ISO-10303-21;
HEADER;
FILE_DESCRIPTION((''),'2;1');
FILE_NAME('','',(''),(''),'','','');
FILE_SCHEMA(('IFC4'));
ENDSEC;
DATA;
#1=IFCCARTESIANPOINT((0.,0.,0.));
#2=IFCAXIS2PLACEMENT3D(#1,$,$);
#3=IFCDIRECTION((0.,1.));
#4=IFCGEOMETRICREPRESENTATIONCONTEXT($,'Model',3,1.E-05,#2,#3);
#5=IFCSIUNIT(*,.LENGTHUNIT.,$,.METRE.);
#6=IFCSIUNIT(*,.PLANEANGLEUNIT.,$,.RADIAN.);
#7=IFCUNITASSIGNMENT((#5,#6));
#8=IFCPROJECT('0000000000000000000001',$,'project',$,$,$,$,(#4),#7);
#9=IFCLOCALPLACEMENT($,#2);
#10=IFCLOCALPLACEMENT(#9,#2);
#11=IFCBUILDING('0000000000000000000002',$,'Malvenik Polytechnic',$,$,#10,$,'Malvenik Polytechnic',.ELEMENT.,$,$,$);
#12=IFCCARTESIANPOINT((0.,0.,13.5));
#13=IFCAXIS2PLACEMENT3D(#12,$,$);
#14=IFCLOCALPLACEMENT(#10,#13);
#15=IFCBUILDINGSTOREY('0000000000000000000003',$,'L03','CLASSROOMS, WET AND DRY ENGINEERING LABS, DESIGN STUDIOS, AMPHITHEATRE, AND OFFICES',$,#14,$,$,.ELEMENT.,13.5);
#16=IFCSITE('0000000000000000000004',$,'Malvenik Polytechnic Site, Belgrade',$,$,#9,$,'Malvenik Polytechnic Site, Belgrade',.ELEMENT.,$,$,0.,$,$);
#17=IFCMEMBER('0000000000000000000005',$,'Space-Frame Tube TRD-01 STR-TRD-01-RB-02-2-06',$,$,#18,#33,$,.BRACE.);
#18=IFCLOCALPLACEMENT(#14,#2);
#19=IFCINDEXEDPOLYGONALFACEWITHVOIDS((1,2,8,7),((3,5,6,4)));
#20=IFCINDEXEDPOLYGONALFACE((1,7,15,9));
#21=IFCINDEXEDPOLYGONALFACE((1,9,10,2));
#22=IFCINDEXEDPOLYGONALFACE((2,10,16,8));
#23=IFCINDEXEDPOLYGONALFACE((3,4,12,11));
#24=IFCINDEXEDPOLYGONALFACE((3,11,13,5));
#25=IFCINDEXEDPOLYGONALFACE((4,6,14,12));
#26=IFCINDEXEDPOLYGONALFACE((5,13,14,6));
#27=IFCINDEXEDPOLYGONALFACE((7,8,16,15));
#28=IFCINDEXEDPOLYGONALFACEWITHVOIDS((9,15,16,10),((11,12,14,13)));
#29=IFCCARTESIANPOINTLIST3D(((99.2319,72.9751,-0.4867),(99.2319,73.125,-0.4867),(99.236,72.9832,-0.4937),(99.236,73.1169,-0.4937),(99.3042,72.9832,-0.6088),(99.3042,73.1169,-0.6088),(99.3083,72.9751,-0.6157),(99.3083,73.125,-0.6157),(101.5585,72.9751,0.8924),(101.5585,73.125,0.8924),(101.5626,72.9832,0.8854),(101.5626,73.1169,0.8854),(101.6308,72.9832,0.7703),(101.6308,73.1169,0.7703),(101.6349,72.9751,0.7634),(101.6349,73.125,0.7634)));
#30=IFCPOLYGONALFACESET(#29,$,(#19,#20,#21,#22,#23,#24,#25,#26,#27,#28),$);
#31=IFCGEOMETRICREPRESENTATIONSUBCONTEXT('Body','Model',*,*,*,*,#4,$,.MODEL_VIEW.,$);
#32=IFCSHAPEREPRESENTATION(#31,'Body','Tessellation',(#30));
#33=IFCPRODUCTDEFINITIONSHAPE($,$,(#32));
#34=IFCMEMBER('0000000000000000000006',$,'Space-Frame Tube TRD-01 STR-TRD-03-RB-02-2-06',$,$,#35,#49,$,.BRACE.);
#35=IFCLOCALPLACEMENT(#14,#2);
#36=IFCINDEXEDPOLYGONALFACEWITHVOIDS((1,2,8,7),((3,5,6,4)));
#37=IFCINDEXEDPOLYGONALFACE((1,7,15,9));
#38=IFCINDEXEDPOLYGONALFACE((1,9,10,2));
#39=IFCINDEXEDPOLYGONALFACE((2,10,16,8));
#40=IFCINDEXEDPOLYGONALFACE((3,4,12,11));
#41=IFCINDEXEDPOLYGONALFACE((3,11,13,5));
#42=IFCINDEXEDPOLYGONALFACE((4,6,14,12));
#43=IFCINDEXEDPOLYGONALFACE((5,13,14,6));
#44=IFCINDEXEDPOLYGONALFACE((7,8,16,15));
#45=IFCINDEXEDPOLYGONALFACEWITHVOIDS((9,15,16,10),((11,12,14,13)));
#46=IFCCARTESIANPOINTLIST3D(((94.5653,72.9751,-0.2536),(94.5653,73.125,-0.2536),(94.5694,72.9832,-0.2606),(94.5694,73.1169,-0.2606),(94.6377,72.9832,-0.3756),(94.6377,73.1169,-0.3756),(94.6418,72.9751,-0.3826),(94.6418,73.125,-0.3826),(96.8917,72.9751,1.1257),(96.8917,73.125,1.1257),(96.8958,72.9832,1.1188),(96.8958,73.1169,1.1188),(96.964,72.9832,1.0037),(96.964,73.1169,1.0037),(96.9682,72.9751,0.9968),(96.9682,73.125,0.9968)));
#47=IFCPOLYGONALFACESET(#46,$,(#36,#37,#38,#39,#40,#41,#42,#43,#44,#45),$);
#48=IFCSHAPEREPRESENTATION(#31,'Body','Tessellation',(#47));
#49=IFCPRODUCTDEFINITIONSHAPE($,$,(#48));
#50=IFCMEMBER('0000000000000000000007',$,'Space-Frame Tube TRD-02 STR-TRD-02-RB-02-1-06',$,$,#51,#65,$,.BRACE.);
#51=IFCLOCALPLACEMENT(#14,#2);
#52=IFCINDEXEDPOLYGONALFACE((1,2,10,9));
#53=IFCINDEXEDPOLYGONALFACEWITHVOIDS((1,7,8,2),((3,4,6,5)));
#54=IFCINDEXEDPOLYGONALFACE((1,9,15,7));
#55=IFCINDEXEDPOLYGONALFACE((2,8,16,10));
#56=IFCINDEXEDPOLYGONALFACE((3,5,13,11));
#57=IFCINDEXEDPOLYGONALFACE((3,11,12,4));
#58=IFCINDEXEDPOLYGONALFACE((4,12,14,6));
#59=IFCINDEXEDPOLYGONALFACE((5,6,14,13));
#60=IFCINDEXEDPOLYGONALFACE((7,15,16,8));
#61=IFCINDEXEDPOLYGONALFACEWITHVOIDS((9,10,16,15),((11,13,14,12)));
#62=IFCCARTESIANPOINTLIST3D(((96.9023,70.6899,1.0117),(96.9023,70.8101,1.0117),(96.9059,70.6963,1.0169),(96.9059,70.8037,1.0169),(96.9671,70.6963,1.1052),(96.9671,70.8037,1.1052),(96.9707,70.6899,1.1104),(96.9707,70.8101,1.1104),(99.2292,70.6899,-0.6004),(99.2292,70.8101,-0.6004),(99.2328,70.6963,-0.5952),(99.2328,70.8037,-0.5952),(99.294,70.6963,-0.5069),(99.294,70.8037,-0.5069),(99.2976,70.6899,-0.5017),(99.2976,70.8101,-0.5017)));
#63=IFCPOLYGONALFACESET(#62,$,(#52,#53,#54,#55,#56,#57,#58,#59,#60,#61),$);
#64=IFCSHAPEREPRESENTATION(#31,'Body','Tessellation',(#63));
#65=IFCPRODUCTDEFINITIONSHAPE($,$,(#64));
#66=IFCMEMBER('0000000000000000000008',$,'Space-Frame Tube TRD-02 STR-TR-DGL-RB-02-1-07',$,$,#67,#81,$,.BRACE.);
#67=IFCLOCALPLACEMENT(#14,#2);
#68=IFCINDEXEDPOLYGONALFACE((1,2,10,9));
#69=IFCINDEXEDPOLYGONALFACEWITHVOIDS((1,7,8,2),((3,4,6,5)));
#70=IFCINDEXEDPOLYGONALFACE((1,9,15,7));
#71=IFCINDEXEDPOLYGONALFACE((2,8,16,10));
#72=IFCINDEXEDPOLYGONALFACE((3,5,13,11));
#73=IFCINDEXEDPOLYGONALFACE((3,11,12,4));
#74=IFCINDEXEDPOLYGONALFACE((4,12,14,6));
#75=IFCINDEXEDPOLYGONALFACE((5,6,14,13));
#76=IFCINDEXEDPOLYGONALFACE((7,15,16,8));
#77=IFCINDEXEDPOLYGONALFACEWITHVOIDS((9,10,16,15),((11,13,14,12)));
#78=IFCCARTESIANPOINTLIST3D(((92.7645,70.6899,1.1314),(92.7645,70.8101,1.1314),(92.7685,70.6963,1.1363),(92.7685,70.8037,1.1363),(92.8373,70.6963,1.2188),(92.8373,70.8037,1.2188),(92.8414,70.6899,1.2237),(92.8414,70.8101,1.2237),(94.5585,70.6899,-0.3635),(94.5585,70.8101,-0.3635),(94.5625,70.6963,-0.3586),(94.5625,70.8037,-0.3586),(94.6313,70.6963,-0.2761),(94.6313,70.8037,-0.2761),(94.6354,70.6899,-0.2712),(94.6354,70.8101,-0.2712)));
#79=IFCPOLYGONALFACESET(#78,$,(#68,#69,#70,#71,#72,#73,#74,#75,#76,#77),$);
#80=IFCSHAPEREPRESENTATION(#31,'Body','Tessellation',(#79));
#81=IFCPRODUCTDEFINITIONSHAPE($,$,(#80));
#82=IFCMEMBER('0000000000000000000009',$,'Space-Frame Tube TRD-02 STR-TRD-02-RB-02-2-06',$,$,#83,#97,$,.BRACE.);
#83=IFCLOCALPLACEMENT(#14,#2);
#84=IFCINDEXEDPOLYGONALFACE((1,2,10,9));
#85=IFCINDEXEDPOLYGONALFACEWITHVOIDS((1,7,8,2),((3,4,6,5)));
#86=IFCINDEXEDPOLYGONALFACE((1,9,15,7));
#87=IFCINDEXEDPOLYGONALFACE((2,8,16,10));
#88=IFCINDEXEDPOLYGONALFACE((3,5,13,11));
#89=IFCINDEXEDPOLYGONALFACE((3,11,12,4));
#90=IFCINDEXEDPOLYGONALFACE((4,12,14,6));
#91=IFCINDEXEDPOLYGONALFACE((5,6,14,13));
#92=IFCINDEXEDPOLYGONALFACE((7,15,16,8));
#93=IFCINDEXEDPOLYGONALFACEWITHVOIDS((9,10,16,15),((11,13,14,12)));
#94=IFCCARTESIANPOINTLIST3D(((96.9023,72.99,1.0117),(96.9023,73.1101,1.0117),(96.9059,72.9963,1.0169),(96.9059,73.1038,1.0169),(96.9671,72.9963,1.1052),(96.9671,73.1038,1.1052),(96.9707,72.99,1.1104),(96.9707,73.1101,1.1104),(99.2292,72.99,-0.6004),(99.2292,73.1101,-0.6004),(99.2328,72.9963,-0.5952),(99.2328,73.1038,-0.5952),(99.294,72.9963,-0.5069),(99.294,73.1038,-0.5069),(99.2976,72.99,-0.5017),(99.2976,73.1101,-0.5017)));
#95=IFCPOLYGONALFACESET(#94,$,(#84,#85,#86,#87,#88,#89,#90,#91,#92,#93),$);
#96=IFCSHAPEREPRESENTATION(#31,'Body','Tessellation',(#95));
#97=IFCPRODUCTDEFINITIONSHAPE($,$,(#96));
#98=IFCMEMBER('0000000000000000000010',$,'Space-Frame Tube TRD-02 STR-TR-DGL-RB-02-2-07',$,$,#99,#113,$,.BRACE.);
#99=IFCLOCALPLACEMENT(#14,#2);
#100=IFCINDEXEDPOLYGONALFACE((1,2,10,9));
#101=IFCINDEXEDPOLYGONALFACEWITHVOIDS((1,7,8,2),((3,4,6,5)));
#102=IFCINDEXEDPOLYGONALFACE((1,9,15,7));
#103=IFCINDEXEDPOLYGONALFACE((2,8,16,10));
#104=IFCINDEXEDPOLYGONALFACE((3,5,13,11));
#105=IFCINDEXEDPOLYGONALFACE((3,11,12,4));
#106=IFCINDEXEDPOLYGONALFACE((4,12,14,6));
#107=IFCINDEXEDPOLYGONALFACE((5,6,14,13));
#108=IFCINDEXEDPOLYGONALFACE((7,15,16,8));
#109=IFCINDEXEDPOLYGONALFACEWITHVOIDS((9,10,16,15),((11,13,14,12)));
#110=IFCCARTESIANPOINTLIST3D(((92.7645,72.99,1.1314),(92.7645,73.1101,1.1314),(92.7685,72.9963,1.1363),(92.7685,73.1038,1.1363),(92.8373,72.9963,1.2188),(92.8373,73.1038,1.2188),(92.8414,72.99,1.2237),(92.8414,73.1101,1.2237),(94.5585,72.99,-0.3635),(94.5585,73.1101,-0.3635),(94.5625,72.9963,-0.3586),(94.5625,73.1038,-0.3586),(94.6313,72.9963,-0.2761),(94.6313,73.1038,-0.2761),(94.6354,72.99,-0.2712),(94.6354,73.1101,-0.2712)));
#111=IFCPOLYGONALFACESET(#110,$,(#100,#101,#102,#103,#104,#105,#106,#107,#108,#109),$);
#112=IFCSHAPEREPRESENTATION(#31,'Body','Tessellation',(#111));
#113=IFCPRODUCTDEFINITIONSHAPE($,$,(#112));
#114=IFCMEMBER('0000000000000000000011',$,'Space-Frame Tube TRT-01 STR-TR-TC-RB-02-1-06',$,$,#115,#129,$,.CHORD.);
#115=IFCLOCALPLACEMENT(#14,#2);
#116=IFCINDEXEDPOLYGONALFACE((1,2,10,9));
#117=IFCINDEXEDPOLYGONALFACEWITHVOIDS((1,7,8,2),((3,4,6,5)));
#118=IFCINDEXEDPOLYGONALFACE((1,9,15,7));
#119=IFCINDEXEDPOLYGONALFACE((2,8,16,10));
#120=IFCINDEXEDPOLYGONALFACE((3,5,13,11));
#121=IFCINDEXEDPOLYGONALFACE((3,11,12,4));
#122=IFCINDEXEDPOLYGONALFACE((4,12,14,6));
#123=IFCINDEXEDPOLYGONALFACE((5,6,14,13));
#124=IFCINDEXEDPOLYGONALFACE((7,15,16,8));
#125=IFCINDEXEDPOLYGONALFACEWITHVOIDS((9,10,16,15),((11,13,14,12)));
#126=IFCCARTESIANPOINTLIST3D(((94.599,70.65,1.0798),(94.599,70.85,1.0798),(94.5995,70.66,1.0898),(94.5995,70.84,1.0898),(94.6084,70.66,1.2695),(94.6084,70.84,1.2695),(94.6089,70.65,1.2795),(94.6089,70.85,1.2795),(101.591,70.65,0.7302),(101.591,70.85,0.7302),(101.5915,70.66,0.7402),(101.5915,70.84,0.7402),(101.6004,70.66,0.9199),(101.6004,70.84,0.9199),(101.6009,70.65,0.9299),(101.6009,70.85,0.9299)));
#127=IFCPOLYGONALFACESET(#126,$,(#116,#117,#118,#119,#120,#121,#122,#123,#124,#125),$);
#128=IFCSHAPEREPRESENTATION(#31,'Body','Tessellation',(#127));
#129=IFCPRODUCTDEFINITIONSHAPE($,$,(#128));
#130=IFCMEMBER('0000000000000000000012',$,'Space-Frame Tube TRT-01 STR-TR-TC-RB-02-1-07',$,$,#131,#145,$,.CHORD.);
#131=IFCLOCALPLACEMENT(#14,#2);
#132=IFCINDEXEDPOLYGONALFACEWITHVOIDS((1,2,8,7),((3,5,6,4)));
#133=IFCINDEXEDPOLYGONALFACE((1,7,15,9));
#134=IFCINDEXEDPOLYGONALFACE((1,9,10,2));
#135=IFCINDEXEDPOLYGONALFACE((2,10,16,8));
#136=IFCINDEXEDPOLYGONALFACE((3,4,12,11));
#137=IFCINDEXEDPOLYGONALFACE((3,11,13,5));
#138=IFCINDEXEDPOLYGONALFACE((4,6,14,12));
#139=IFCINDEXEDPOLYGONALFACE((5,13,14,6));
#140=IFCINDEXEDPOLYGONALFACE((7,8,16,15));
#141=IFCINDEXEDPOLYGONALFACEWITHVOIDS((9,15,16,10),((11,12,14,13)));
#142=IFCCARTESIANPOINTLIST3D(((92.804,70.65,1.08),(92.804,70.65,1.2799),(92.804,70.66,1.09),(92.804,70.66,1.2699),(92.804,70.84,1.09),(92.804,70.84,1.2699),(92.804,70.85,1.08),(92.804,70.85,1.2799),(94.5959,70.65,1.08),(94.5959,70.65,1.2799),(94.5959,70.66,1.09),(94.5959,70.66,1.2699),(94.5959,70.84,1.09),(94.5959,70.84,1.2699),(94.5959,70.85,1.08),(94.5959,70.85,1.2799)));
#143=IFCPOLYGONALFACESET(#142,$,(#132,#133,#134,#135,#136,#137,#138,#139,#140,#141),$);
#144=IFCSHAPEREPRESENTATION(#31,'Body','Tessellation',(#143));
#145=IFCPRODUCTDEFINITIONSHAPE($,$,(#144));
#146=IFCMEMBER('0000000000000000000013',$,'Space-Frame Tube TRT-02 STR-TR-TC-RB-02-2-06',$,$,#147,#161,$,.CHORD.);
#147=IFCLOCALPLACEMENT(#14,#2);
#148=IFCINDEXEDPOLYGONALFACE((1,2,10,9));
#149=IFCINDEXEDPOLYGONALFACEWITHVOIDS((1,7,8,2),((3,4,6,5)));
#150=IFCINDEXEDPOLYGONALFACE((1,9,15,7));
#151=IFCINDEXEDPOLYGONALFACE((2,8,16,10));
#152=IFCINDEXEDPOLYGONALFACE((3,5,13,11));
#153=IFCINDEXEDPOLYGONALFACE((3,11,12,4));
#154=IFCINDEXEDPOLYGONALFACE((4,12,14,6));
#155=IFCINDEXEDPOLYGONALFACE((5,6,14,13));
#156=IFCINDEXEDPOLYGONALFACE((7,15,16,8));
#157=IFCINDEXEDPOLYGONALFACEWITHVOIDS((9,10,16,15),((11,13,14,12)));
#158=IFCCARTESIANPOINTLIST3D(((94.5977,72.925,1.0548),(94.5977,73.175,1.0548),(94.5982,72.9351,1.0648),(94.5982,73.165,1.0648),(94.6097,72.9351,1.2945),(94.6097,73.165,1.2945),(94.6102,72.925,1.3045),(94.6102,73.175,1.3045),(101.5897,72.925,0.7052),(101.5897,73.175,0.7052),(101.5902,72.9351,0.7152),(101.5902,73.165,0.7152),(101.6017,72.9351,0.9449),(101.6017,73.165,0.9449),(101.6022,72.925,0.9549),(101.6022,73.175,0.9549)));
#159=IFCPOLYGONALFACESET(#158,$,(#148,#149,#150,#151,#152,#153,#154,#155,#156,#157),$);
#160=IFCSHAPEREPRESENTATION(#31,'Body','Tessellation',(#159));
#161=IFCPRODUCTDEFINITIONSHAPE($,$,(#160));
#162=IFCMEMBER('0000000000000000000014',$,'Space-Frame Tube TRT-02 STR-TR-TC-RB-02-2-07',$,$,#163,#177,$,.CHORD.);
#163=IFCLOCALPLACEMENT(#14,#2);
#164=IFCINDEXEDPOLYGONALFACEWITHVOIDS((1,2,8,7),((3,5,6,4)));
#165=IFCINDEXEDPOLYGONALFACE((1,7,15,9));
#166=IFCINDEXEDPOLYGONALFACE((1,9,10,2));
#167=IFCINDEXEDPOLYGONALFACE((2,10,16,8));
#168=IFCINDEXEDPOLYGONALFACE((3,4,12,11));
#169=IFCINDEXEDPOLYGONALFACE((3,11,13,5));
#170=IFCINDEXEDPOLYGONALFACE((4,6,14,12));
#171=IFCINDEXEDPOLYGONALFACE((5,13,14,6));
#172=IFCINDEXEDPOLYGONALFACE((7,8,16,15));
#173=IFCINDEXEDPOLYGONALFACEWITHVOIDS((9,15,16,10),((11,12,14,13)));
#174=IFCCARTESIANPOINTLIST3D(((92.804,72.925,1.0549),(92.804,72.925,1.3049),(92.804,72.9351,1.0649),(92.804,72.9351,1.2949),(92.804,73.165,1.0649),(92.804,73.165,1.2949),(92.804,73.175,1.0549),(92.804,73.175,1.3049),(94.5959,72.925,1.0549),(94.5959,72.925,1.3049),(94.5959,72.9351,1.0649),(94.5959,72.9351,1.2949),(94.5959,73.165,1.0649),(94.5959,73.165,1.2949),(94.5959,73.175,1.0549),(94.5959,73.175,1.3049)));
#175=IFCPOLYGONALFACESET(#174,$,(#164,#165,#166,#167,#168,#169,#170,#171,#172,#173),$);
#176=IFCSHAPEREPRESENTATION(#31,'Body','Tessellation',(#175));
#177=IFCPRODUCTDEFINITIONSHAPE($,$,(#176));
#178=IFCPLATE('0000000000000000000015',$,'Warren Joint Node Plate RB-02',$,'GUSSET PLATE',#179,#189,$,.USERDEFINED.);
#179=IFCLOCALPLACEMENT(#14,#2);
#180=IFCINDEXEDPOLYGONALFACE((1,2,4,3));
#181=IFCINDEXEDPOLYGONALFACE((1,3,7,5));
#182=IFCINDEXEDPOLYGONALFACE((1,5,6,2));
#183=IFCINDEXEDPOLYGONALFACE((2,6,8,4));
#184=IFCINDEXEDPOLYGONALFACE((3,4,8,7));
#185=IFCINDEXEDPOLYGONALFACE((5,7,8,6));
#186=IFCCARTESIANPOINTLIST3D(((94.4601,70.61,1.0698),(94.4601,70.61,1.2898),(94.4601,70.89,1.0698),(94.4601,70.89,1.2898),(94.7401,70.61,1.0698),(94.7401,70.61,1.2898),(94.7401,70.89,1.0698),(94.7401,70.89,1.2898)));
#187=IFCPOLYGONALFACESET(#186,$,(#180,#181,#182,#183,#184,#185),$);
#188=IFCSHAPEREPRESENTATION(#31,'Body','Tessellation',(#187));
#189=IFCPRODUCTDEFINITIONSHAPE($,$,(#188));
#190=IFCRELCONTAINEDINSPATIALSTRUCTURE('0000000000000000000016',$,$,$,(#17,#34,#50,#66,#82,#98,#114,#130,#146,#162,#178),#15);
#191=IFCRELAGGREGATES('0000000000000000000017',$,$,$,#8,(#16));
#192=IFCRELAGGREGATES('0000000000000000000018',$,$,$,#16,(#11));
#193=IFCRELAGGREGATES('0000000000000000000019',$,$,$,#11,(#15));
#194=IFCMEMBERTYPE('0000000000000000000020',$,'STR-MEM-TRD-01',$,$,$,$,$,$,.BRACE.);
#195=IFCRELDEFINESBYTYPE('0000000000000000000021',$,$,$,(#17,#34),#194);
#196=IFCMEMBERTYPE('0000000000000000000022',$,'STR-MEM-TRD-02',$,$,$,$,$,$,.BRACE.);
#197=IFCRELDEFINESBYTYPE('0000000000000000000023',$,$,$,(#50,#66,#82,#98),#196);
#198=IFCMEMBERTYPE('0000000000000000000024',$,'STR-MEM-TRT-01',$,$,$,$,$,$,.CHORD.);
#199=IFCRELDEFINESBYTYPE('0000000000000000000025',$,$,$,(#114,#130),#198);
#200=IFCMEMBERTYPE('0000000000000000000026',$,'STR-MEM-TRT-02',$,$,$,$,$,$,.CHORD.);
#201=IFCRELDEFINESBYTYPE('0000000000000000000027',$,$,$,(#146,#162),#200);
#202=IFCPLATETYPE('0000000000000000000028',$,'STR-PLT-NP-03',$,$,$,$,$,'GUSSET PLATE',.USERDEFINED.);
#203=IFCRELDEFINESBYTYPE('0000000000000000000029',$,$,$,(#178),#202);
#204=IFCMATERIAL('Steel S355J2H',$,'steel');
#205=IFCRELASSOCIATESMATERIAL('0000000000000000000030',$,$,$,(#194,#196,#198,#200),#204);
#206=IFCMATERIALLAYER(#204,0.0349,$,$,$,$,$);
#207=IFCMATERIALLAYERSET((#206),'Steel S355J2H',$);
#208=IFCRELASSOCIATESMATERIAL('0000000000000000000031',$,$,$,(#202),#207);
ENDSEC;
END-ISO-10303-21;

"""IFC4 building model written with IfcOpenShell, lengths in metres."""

from ifc_helpers import new_model, si_unit, direction, frame, origin, origin_2d, place, context, subcontext, project, spatial, rectangle, hollow_rectangle, extrude, material, layer, layer_set, material_profile, profile_set, type_object, element, save


model = new_model("IFC4")

# Units and contexts
model_context = context("Model", 3, precision=1e-05, world=origin(), true_north=direction((0.0, 1.0)))
body_context = subcontext(model_context, "Body", "Model", "MODEL_VIEW")
ifc_project = project(units=[si_unit("LENGTHUNIT", "METRE"), si_unit("PLANEANGLEUNIT", "RADIAN")], contexts=[model_context])

# Site, building, storey
site_placement = place(None, origin())
site = spatial("IfcSite", under=ifc_project, at=site_placement, Name="Malvenik Polytechnic Site, Belgrade", LongName="Malvenik Polytechnic Site, Belgrade", CompositionType="ELEMENT", RefElevation=0.0)
building_placement = place(site_placement, origin())
building = spatial("IfcBuilding", under=site, at=building_placement, Name="Malvenik Polytechnic", LongName="Malvenik Polytechnic", CompositionType="ELEMENT")
storey_placement = place(building_placement, frame((0.0, 0.0, 13.5)))
storey = spatial("IfcBuildingStorey", under=building, at=storey_placement, Name="L03", Description="CLASSROOMS, WET AND DRY ENGINEERING LABS, DESIGN STUDIOS, AMPHITHEATRE, AND OFFICES", CompositionType="ELEMENT", Elevation=13.5)

# Shared definitions
ifc_material_1 = material(Name="Steel S355J2H", Category="steel")

# Members
ifc_material_profile_1 = material_profile(ifc_material_1, hollow_rectangle(XDim=0.1499, YDim=0.1499, WallThickness=0.0081, at=origin_2d()), Name="SHS 150x150x8.0")
ifc_profile_set_1 = profile_set([ifc_material_profile_1], Name="Steel S355J2H")
member_type_1 = type_object("IfcMemberType", Name="STR-MEM-TRD-01", PredefinedType="BRACE", material=ifc_profile_set_1)
for number, where, z_axis, x_axis, name in (
    (1, (101.5967, 73.05, 0.8279), (-0.860228, 0.0, -0.509909), (0.0, -1.0, 0.0), "Space-Frame Tube TRD-01 STR-TRD-01-RB-02-2-06"),
    (2, (96.9299, 73.05, 1.0613), (-0.860165, 0.0, -0.510015), (0.0, -1.0, 0.0), "Space-Frame Tube TRD-01 STR-TRD-03-RB-02-2-06"),
):
    element("IfcMember", number, at=place(storey_placement, frame(where, z_axis=z_axis, x_axis=x_axis)), inside=storey, type_object=member_type_1, Name=name, PredefinedType="BRACE", context=body_context, shape_type="SweptSolid", body=[
        extrude(hollow_rectangle(XDim=0.1499, YDim=0.1499, WallThickness=0.0081, at=origin_2d()), origin(), (0.0, 0.0, 1.0), 2.7046),
    ])
ifc_material_profile_2 = material_profile(ifc_material_1, hollow_rectangle(XDim=0.1201, YDim=0.1201, WallThickness=0.0063, at=origin_2d()), Name="SHS 120x120x6.3")
ifc_profile_set_2 = profile_set([ifc_material_profile_2], Name="Steel S355J2H")
member_type_2 = type_object("IfcMemberType", Name="STR-MEM-TRD-02", PredefinedType="BRACE", material=ifc_profile_set_2)
member_1_placement = place(storey_placement, frame((99.2634, 70.75, -0.551), z_axis=(-0.822006, 0.0, 0.569479), x_axis=(0.0, -1.0, 0.0)))
element("IfcMember", 3, at=member_1_placement, inside=storey, type_object=member_type_2, Name="Space-Frame Tube TRD-02 STR-TRD-02-RB-02-1-06", PredefinedType="BRACE", context=body_context, shape_type="SweptSolid", body=[
    extrude(hollow_rectangle(XDim=0.1201, YDim=0.1201, WallThickness=0.0063, at=origin_2d()), origin(), (0.0, 0.0, 1.0), 2.8308),
])
member_2_placement = place(storey_placement, frame((94.5969, 70.75, -0.3174), z_axis=(-0.768238, 0.0, 0.640164), x_axis=(0.0, -1.0, 0.0)))
element("IfcMember", 4, at=member_2_placement, inside=storey, type_object=member_type_2, Name="Space-Frame Tube TRD-02 STR-TR-DGL-RB-02-1-07", PredefinedType="BRACE", context=body_context, shape_type="SweptSolid", body=[
    extrude(hollow_rectangle(XDim=0.1201, YDim=0.1201, WallThickness=0.0063, at=origin_2d()), origin(), (0.0, 0.0, 1.0), 2.3352),
])
member_3_placement = place(storey_placement, frame((99.2634, 73.05, -0.551), z_axis=(-0.822006, 0.0, 0.569479), x_axis=(0.0, -1.0, 0.0)))
element("IfcMember", 5, at=member_3_placement, inside=storey, type_object=member_type_2, Name="Space-Frame Tube TRD-02 STR-TRD-02-RB-02-2-06", PredefinedType="BRACE", context=body_context, shape_type="SweptSolid", body=[
    extrude(hollow_rectangle(XDim=0.1201, YDim=0.1201, WallThickness=0.0063, at=origin_2d()), origin(), (0.0, 0.0, 1.0), 2.8308),
])
member_4_placement = place(storey_placement, frame((94.5969, 73.05, -0.3174), z_axis=(-0.768238, 0.0, 0.640164), x_axis=(0.0, -1.0, 0.0)))
element("IfcMember", 6, at=member_4_placement, inside=storey, type_object=member_type_2, Name="Space-Frame Tube TRD-02 STR-TR-DGL-RB-02-2-07", PredefinedType="BRACE", context=body_context, shape_type="SweptSolid", body=[
    extrude(hollow_rectangle(XDim=0.1201, YDim=0.1201, WallThickness=0.0063, at=origin_2d()), origin(), (0.0, 0.0, 1.0), 2.3352),
])
ifc_material_profile_3 = material_profile(ifc_material_1, hollow_rectangle(XDim=0.2, YDim=0.2, WallThickness=0.01, at=origin_2d()), Name="SHS 200x200x10.0")
ifc_profile_set_3 = profile_set([ifc_material_profile_3], Name="Steel S355J2H")
member_type_3 = type_object("IfcMemberType", Name="STR-MEM-TRT-01", PredefinedType="CHORD", material=ifc_profile_set_3)
member_5_placement = place(storey_placement, frame((101.5959, 70.75, 0.8301), z_axis=(-0.998752, 0.0, 0.049939), x_axis=(0.0, -1.0, 0.0)))
element("IfcMember", 7, at=member_5_placement, inside=storey, type_object=member_type_3, Name="Space-Frame Tube TRT-01 STR-TR-TC-RB-02-1-06", PredefinedType="CHORD", context=body_context, shape_type="SweptSolid", body=[
    extrude(hollow_rectangle(XDim=0.2, YDim=0.2, WallThickness=0.01, at=origin_2d()), origin(), (0.0, 0.0, 1.0), 7.0007),
])
member_6_placement = place(storey_placement, frame((94.5959, 70.75, 1.1799), z_axis=(-1.0, 0.0, 0.0), x_axis=(0.0, -1.0, 0.0)))
element("IfcMember", 8, at=member_6_placement, inside=storey, type_object=member_type_3, Name="Space-Frame Tube TRT-01 STR-TR-TC-RB-02-1-07", PredefinedType="CHORD", context=body_context, shape_type="SweptSolid", body=[
    extrude(hollow_rectangle(XDim=0.2, YDim=0.2, WallThickness=0.01, at=origin_2d()), origin(), (0.0, 0.0, 1.0), 1.792),
])
ifc_material_profile_4 = material_profile(ifc_material_1, hollow_rectangle(XDim=0.25, YDim=0.25, WallThickness=0.01, at=origin_2d()), Name="SHS 250x250x10.0")
ifc_profile_set_4 = profile_set([ifc_material_profile_4], Name="Steel S355J2H")
member_type_4 = type_object("IfcMemberType", Name="STR-MEM-TRT-02", PredefinedType="CHORD", material=ifc_profile_set_4)
member_7_placement = place(storey_placement, frame((101.5959, 73.05, 0.8301), z_axis=(-0.998752, 0.0, 0.049939), x_axis=(0.0, -1.0, 0.0)))
element("IfcMember", 9, at=member_7_placement, inside=storey, type_object=member_type_4, Name="Space-Frame Tube TRT-02 STR-TR-TC-RB-02-2-06", PredefinedType="CHORD", context=body_context, shape_type="SweptSolid", body=[
    extrude(hollow_rectangle(XDim=0.25, YDim=0.25, WallThickness=0.01, at=origin_2d()), origin(), (0.0, 0.0, 1.0), 7.0007),
])
member_8_placement = place(storey_placement, frame((94.5959, 73.05, 1.1799), z_axis=(-1.0, 0.0, 0.0), x_axis=(0.0, -1.0, 0.0)))
element("IfcMember", 10, at=member_8_placement, inside=storey, type_object=member_type_4, Name="Space-Frame Tube TRT-02 STR-TR-TC-RB-02-2-07", PredefinedType="CHORD", context=body_context, shape_type="SweptSolid", body=[
    extrude(hollow_rectangle(XDim=0.25, YDim=0.25, WallThickness=0.01, at=origin_2d()), origin(), (0.0, 0.0, 1.0), 1.792),
])

# Plate
ifc_layer_1 = layer(ifc_material_1, 0.0349)
ifc_layer_set_1 = layer_set([ifc_layer_1], Name="Steel S355J2H")
plate_type = type_object("IfcPlateType", Name="STR-PLT-NP-03", ElementType="GUSSET PLATE", PredefinedType="USERDEFINED", material=ifc_layer_set_1)
for number, where, z_axis, x_axis, name in (
    (11, (94.6001, 70.75, 1.0698), (0.0, 0.0, 1.0), (1.0, 0.0, 0.0), "Warren Joint Node Plate RB-02"),
):
    element("IfcPlate", number, at=place(storey_placement, frame(where, z_axis=z_axis, x_axis=x_axis)), inside=storey, type_object=plate_type, Name=name, ObjectType="GUSSET PLATE", PredefinedType="USERDEFINED", context=body_context, shape_type="SweptSolid", body=[
        extrude(rectangle(XDim=0.28, YDim=0.28, at=origin_2d()), origin(), (0.0, 0.0, 1.0), 0.22),
    ])

save(model, "model.ifc")
